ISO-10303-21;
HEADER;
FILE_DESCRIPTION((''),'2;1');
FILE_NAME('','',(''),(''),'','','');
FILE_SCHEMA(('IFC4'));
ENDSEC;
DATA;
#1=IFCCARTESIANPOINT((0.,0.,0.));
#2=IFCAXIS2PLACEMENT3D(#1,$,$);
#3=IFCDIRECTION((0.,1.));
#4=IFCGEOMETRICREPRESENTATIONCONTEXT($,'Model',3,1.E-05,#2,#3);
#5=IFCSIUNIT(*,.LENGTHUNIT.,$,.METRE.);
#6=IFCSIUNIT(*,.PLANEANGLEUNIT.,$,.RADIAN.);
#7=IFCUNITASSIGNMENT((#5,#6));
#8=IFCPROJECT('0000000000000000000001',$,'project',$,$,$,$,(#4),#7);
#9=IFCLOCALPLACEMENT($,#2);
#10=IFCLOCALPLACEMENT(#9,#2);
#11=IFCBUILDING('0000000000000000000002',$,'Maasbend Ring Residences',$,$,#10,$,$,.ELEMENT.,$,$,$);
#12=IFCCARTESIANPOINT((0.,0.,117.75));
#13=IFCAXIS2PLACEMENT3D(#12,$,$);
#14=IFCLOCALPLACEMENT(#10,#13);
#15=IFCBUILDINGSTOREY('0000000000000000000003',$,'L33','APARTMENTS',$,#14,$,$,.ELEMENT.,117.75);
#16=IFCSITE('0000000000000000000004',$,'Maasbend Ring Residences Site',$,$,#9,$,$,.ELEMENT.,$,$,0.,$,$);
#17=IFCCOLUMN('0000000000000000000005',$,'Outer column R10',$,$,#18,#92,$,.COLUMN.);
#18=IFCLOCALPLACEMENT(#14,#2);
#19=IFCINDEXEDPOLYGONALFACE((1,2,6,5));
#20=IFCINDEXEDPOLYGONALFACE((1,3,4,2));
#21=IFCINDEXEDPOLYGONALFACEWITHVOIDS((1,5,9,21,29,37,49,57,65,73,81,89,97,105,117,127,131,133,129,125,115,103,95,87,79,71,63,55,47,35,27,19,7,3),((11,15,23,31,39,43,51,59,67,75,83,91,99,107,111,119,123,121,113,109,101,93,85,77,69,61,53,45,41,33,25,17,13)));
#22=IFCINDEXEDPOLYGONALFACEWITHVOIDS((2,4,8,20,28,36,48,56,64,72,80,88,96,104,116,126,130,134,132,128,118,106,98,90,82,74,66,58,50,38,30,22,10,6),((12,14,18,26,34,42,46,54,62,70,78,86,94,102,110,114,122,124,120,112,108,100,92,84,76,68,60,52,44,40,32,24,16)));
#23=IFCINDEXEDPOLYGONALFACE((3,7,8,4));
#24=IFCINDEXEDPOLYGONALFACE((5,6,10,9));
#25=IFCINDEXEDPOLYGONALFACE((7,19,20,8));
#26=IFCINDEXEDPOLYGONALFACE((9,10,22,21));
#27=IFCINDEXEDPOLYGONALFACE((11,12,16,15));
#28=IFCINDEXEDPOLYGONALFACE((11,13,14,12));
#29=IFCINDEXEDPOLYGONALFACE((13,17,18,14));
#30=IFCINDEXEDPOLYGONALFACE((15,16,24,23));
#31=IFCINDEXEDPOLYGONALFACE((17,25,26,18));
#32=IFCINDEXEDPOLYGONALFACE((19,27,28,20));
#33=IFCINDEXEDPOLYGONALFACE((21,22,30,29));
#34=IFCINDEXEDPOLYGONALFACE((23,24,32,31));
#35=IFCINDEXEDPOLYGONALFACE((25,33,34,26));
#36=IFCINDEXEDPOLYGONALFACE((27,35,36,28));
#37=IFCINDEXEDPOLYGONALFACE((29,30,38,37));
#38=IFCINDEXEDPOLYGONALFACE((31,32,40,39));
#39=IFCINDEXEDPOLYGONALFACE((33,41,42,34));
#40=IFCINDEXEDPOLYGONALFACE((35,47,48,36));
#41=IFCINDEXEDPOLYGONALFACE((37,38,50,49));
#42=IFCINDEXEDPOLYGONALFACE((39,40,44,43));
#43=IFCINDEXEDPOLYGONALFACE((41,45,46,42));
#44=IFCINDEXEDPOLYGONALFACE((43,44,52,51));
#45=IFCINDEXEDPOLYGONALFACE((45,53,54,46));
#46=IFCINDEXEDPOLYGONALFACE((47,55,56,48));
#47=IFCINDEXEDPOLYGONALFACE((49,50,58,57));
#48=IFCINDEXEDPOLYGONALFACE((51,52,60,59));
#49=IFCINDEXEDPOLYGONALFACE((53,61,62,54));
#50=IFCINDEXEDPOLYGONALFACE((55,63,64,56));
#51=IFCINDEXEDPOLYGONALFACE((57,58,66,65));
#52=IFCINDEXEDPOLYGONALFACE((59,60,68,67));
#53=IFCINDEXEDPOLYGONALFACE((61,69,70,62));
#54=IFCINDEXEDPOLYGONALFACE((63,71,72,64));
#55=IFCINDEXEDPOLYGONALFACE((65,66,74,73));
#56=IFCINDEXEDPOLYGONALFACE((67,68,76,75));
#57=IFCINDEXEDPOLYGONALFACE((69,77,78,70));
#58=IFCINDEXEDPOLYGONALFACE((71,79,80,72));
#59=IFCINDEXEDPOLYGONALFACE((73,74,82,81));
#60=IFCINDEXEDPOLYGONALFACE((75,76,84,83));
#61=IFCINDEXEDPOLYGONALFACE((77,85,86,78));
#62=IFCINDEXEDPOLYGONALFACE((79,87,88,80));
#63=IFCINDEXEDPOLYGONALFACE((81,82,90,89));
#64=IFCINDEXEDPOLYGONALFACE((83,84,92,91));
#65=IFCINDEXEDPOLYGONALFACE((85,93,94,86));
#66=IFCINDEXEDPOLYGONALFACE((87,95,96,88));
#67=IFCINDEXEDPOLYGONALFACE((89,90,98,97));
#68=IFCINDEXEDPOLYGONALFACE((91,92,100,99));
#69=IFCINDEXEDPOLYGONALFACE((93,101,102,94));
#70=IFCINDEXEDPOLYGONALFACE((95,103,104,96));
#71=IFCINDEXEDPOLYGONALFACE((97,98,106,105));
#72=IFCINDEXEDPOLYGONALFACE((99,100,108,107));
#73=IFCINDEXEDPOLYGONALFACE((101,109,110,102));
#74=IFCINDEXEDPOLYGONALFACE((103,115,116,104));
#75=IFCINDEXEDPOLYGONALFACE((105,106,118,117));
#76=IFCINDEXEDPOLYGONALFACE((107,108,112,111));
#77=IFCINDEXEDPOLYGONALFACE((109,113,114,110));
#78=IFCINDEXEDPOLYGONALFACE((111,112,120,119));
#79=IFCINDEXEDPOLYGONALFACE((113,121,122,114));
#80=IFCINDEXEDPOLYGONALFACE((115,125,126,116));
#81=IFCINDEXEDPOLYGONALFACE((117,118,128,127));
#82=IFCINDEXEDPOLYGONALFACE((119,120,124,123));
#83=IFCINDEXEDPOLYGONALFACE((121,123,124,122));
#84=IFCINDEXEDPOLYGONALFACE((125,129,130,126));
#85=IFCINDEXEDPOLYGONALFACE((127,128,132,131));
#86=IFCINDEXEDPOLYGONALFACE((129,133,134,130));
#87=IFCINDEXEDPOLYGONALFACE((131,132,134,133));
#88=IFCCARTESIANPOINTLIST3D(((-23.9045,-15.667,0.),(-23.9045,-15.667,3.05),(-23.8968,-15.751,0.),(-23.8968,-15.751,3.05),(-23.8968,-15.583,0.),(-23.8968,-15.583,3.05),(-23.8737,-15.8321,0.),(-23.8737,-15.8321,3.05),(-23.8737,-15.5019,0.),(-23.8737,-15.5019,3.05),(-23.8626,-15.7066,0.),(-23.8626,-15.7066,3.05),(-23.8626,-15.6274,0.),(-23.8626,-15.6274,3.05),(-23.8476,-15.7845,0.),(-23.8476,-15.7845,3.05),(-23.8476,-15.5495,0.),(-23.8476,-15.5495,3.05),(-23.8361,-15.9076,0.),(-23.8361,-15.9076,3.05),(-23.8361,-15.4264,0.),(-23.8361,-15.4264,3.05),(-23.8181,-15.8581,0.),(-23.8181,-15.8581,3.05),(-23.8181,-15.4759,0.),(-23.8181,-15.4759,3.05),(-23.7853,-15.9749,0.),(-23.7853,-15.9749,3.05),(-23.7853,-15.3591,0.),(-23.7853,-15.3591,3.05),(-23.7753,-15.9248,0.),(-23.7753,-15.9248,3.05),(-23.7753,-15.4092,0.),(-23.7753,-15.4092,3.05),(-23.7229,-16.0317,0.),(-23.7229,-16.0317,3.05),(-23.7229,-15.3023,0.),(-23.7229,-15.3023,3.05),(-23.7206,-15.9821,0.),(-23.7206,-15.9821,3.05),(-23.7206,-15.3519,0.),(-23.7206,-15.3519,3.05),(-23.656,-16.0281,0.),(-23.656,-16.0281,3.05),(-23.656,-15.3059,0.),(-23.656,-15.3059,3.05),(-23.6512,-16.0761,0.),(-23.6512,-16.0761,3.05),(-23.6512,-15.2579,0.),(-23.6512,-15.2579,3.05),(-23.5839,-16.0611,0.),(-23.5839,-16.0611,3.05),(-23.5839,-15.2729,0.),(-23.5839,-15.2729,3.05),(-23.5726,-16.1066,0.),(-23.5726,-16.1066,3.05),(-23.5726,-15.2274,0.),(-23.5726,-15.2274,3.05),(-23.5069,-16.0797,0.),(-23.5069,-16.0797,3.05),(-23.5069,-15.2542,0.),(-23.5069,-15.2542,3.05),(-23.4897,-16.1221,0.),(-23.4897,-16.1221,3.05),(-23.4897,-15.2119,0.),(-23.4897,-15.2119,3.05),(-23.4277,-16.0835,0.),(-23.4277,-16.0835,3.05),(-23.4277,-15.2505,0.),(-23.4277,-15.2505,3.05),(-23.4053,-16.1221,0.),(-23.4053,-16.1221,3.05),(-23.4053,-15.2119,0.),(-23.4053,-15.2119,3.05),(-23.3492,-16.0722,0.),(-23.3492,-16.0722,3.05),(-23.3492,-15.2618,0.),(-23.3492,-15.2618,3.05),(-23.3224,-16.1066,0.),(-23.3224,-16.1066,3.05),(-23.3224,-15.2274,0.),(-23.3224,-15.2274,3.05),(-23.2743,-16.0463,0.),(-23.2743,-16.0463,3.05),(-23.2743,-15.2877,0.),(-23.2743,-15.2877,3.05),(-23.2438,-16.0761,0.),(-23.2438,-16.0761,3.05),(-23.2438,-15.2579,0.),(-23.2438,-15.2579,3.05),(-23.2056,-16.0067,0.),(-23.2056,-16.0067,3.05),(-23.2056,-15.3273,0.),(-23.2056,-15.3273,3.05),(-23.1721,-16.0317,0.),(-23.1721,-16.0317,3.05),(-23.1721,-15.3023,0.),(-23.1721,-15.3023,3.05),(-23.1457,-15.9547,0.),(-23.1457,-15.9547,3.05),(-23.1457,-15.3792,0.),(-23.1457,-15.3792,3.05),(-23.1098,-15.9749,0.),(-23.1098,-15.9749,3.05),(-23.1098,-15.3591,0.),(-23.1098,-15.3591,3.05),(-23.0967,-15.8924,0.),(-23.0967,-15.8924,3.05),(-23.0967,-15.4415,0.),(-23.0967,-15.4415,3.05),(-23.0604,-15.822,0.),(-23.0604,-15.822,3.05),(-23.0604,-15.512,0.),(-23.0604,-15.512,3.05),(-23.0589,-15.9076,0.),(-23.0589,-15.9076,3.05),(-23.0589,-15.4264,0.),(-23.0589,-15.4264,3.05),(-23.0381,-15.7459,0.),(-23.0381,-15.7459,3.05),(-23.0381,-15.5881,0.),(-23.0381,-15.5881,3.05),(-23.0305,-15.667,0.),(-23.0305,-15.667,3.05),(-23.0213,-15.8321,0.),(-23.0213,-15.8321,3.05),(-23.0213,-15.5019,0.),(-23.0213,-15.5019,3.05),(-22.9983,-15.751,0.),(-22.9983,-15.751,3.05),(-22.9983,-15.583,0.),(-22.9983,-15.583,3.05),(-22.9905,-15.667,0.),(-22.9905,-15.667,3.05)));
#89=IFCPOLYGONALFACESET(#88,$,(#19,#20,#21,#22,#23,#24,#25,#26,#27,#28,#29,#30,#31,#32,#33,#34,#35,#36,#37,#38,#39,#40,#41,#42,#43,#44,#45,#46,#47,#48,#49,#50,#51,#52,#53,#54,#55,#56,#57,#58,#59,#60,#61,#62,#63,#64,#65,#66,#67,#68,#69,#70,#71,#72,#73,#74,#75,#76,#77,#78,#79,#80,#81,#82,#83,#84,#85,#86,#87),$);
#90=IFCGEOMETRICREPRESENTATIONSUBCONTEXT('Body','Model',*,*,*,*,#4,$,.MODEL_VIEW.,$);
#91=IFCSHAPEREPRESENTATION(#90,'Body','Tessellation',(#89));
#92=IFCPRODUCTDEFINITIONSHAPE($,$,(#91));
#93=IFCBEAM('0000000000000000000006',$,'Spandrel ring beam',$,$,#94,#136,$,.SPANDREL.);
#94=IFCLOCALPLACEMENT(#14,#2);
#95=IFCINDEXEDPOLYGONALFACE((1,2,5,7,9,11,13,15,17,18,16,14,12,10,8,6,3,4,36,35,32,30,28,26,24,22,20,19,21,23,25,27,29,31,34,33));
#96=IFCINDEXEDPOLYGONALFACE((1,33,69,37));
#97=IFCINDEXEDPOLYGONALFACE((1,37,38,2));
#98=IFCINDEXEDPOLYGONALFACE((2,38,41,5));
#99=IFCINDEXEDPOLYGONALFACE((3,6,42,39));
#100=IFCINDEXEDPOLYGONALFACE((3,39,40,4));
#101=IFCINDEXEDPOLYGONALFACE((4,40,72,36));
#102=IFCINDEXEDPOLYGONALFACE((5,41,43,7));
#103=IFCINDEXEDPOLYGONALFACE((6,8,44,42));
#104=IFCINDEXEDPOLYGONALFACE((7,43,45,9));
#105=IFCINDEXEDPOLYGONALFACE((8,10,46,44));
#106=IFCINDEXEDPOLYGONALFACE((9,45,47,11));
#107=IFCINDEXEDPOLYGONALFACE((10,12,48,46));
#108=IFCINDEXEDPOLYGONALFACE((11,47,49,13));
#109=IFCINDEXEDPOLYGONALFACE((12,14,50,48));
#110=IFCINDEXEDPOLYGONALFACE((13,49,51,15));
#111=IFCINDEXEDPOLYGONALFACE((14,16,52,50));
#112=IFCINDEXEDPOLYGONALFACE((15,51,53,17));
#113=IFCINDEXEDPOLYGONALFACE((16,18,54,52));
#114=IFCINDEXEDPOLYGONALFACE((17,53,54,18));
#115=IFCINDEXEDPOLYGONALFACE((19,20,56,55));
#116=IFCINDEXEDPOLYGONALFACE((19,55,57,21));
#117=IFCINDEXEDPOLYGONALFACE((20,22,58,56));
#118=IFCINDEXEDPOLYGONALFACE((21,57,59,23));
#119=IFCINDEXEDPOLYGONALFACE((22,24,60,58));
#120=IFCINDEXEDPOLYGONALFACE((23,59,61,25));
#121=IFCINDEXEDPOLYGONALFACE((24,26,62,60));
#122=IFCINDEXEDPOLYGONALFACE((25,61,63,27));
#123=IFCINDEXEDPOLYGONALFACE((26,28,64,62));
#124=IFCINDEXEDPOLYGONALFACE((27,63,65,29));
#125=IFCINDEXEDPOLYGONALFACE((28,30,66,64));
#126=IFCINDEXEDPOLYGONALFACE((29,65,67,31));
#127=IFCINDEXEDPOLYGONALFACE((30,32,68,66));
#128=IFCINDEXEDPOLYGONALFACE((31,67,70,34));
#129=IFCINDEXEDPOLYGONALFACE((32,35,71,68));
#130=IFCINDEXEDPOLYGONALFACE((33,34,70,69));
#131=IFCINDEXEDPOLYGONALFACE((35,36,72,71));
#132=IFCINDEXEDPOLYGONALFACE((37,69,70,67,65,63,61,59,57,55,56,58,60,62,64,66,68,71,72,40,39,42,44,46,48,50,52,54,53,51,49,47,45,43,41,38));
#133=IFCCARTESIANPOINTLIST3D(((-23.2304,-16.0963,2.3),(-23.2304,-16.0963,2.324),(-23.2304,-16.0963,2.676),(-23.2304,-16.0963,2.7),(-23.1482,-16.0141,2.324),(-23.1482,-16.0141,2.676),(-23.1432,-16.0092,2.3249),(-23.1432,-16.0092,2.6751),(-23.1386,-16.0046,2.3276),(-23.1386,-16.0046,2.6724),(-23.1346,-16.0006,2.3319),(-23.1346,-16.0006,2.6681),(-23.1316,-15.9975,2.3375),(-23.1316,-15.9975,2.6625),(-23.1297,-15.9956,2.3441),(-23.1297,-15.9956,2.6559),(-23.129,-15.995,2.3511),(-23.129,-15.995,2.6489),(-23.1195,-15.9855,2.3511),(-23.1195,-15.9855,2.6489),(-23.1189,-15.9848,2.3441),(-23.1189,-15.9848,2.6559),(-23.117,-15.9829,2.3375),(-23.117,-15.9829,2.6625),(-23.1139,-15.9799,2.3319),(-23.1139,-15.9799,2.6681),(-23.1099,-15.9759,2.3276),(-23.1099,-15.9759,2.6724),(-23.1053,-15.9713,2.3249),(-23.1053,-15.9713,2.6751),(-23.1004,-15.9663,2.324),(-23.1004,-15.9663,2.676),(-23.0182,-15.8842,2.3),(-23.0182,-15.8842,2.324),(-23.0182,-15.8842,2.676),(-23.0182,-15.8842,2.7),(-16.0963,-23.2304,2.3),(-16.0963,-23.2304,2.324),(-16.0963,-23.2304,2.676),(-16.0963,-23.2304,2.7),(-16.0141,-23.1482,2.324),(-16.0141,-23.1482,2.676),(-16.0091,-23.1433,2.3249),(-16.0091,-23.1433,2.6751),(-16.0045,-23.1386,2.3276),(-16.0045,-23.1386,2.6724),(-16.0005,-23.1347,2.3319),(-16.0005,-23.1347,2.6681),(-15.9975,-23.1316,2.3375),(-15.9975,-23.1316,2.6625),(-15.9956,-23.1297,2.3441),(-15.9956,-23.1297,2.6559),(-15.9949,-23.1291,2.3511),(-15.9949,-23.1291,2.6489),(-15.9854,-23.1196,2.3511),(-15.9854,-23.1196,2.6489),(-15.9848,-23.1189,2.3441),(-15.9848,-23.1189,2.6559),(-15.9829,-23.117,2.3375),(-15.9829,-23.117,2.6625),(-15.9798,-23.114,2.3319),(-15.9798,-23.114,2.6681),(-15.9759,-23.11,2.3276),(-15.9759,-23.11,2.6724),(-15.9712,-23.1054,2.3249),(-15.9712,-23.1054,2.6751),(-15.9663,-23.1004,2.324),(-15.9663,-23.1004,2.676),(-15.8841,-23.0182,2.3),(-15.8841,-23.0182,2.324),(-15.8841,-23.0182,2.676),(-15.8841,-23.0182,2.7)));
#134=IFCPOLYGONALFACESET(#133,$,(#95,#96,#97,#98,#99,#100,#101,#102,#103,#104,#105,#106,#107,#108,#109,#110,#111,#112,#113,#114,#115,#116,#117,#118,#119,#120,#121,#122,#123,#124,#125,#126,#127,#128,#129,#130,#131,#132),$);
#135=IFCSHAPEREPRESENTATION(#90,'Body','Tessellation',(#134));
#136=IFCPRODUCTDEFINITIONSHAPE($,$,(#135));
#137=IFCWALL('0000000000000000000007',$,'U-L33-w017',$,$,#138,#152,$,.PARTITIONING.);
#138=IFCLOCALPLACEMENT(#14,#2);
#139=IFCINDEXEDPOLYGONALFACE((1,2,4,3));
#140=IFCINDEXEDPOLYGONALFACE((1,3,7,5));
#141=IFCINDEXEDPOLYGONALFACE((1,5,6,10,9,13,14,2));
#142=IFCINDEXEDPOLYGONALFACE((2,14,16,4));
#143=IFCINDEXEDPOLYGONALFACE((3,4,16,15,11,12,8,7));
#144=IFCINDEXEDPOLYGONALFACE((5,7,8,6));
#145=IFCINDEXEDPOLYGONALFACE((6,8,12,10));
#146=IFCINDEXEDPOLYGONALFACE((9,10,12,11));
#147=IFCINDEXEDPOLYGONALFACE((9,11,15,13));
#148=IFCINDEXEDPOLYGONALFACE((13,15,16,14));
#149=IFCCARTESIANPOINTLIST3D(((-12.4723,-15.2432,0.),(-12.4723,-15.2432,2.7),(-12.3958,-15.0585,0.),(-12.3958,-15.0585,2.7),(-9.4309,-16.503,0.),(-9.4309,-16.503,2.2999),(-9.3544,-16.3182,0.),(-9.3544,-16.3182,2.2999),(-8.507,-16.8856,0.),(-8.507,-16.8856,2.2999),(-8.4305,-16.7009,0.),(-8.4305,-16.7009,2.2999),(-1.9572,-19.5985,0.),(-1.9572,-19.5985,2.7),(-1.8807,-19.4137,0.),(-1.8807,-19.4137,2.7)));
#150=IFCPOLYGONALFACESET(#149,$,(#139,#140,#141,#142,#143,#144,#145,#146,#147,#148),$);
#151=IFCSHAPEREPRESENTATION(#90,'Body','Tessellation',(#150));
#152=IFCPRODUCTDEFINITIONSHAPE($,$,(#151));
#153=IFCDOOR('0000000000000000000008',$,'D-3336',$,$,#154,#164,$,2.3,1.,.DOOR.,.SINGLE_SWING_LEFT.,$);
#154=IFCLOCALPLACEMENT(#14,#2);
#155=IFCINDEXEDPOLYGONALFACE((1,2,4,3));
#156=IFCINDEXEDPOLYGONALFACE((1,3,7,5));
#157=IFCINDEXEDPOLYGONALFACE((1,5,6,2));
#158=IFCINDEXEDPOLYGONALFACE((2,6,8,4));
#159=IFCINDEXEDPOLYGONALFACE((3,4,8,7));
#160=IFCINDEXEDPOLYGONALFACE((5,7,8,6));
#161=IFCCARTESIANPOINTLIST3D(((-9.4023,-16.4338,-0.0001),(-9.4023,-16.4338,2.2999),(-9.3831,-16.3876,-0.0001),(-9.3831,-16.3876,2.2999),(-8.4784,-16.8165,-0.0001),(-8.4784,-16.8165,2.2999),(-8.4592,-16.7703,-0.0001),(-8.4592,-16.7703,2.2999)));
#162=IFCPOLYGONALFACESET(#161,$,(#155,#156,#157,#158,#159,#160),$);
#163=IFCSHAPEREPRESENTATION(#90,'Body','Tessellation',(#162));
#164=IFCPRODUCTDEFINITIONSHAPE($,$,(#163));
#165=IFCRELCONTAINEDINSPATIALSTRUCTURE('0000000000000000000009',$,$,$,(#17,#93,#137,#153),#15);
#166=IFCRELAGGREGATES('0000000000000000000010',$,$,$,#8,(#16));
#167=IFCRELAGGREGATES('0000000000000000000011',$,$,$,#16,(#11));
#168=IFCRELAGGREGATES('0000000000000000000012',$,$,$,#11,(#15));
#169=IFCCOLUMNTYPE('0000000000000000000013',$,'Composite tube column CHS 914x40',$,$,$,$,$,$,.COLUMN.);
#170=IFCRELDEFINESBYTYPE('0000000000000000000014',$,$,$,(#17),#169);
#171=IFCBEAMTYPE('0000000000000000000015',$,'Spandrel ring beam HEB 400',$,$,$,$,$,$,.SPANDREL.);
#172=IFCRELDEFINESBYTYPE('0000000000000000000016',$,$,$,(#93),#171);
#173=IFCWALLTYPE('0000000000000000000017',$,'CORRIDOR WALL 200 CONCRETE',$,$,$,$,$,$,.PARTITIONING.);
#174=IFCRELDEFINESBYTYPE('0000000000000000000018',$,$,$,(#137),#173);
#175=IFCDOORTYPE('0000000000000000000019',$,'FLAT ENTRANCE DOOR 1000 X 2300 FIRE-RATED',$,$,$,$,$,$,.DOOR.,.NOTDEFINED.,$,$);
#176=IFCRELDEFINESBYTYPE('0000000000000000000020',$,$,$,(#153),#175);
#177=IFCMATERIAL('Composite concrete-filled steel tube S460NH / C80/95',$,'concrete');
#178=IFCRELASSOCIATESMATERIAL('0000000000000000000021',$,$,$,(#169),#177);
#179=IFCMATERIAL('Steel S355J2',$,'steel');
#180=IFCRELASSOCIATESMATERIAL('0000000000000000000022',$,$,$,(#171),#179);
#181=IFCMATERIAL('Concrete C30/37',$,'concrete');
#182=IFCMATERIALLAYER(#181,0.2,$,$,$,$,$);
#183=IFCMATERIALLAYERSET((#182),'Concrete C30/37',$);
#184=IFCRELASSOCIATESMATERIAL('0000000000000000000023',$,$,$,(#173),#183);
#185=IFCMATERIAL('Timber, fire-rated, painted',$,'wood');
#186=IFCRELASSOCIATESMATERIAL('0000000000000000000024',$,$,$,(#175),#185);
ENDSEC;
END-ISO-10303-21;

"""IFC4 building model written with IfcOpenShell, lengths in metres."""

from ifc_helpers import new_model, si_unit, direction, frame, frame_2d, origin, origin_2d, place, context, subcontext, project, spatial, rectangle, hollow_circle, i_section, extrude, material, layer, layer_set, material_profile, profile_set, type_object, element, fill, save


model = new_model("IFC4")

# Units and contexts
model_context = context("Model", 3, precision=1e-05, world=origin(), true_north=direction((0.0, 1.0)))
body_context = subcontext(model_context, "Body", "Model", "MODEL_VIEW")
ifc_project = project(units=[si_unit("LENGTHUNIT", "METRE"), si_unit("PLANEANGLEUNIT", "RADIAN")], contexts=[model_context])

# Site, building, storey
site_placement = place(None, origin())
site = spatial("IfcSite", under=ifc_project, at=site_placement, Name="Maasbend Ring Residences Site", CompositionType="ELEMENT", RefElevation=0.0)
building_placement = place(site_placement, origin())
building = spatial("IfcBuilding", under=site, at=building_placement, Name="Maasbend Ring Residences", CompositionType="ELEMENT")
storey_placement = place(building_placement, frame((0.0, 0.0, 117.75)))
storey = spatial("IfcBuildingStorey", under=building, at=storey_placement, Name="L33", Description="APARTMENTS", CompositionType="ELEMENT", Elevation=117.75)

# Column
ifc_material_1 = material(Name="Composite concrete-filled steel tube S460NH / C80/95", Category="concrete")
ifc_material_profile_1 = material_profile(ifc_material_1, hollow_circle(Radius=0.457, WallThickness=0.04, at=origin_2d()), Name="Composite tube column CHS 914x40")
ifc_profile_set_1 = profile_set([ifc_material_profile_1], Name="Composite concrete-filled steel tube S460NH / C80/95")
column_type = type_object("IfcColumnType", Name="Composite tube column CHS 914x40", PredefinedType="COLUMN", material=ifc_profile_set_1)
column_placement = place(storey_placement, frame((-23.4475, -15.667, 0.0), z_axis=(0.0, 0.0, 1.0), x_axis=(1.0, 0.0, 0.0)))
element("IfcColumn", 1, at=column_placement, inside=storey, type_object=column_type, Name="Outer column R10", PredefinedType="COLUMN", context=body_context, shape_type="SweptSolid", body=[
    extrude(hollow_circle(Radius=0.457, WallThickness=0.04, at=origin_2d()), origin(), (0.0, 0.0, 1.0), 3.05),
])

# Beam
ifc_material_2 = material(Name="Steel S355J2", Category="steel")
ifc_material_profile_2 = material_profile(ifc_material_2, i_section(OverallWidth=0.3, OverallDepth=0.3999, WebThickness=0.0134, FlangeThickness=0.0239, FilletRadius=0.0271, at=origin_2d()), Name="HEB 400")
ifc_profile_set_2 = profile_set([ifc_material_profile_2], Name="Steel S355J2")
beam_type = type_object("IfcBeamType", Name="Spandrel ring beam HEB 400", PredefinedType="SPANDREL", material=ifc_profile_set_2)
beam_placement = place(storey_placement, frame((-23.1243, -15.9902, 2.5), z_axis=(0.707107, -0.707107, 0.0), x_axis=(0.707107, 0.707107, 0.0)))
element("IfcBeam", 2, at=beam_placement, inside=storey, type_object=beam_type, Name="Spandrel ring beam", PredefinedType="SPANDREL", context=body_context, shape_type="SweptSolid", body=[
    extrude(i_section(OverallWidth=0.3, OverallDepth=0.3999, WebThickness=0.0134, FlangeThickness=0.0239, FilletRadius=0.0271, at=origin_2d()), origin(), (0.0, 0.0, 1.0), 10.0891),
])

# Wall, opening, door
ifc_material_3 = material(Name="Concrete C30/37", Category="concrete")
ifc_layer_1 = layer(ifc_material_3, 0.2)
ifc_layer_set_1 = layer_set([ifc_layer_1], Name="Concrete C30/37")
wall_type_1 = type_object("IfcWallType", Name="CORRIDOR WALL 200 CONCRETE", PredefinedType="PARTITIONING", material=ifc_layer_set_1)
wall_1_placement = place(storey_placement, frame((-12.4341, -15.1509, 0.0), z_axis=(0.0, 0.0, 1.0), x_axis=(0.923888, -0.382662, 0.0)))
wall_1 = element("IfcWall", 3, at=wall_1_placement, inside=storey, type_object=wall_type_1, Name="U-L33-w017", PredefinedType="PARTITIONING", context=body_context, shape_type="SweptSolid", body=[
    extrude(rectangle(XDim=11.3813, YDim=0.2, at=frame_2d((5.6907, 0.0))), origin(), (0.0, 0.0, 1.0), 2.7),
])
opening_1_placement = place(wall_1_placement, frame((3.292, 0.0, 0.0)))
opening_1 = element("IfcOpeningElement", 4, at=opening_1_placement, cuts=wall_1, PredefinedType="OPENING", context=body_context, shape_type="SweptSolid", body=[
    extrude(rectangle(XDim=1.0, YDim=2.3, at=frame_2d((0.5, 1.1499))), frame((0.0, 0.1099, 0.0), z_axis=(0.0, -1.0, 0.0), x_axis=(1.0, 0.0, 0.0)), (0.0, 0.0, 1.0), 0.22),
])
ifc_material_4 = material(Name="Timber, fire-rated, painted", Category="wood")
door_type_1 = type_object("IfcDoorType", Name="FLAT ENTRANCE DOOR 1000 X 2300 FIRE-RATED", OperationType="NOTDEFINED", PredefinedType="DOOR", material=ifc_material_4)
door_1_placement = place(opening_1_placement, origin())
door_1 = element("IfcDoor", 5, at=door_1_placement, inside=storey, type_object=door_type_1, Name="D-3336", OperationType="SINGLE_SWING_LEFT", OverallHeight=2.3, OverallWidth=1.0, PredefinedType="DOOR", context=body_context, shape_type="SweptSolid", body=[
    extrude(rectangle(XDim=1.0, YDim=2.3, at=frame_2d((0.5, 1.1499))), frame((0.0, 0.0249, 0.0), z_axis=(0.0, -1.0, 0.0), x_axis=(1.0, 0.0, 0.0)), (0.0, 0.0, 1.0), 0.05),
])
fill(opening_1, door_1)

save(model, "model.ifc")
